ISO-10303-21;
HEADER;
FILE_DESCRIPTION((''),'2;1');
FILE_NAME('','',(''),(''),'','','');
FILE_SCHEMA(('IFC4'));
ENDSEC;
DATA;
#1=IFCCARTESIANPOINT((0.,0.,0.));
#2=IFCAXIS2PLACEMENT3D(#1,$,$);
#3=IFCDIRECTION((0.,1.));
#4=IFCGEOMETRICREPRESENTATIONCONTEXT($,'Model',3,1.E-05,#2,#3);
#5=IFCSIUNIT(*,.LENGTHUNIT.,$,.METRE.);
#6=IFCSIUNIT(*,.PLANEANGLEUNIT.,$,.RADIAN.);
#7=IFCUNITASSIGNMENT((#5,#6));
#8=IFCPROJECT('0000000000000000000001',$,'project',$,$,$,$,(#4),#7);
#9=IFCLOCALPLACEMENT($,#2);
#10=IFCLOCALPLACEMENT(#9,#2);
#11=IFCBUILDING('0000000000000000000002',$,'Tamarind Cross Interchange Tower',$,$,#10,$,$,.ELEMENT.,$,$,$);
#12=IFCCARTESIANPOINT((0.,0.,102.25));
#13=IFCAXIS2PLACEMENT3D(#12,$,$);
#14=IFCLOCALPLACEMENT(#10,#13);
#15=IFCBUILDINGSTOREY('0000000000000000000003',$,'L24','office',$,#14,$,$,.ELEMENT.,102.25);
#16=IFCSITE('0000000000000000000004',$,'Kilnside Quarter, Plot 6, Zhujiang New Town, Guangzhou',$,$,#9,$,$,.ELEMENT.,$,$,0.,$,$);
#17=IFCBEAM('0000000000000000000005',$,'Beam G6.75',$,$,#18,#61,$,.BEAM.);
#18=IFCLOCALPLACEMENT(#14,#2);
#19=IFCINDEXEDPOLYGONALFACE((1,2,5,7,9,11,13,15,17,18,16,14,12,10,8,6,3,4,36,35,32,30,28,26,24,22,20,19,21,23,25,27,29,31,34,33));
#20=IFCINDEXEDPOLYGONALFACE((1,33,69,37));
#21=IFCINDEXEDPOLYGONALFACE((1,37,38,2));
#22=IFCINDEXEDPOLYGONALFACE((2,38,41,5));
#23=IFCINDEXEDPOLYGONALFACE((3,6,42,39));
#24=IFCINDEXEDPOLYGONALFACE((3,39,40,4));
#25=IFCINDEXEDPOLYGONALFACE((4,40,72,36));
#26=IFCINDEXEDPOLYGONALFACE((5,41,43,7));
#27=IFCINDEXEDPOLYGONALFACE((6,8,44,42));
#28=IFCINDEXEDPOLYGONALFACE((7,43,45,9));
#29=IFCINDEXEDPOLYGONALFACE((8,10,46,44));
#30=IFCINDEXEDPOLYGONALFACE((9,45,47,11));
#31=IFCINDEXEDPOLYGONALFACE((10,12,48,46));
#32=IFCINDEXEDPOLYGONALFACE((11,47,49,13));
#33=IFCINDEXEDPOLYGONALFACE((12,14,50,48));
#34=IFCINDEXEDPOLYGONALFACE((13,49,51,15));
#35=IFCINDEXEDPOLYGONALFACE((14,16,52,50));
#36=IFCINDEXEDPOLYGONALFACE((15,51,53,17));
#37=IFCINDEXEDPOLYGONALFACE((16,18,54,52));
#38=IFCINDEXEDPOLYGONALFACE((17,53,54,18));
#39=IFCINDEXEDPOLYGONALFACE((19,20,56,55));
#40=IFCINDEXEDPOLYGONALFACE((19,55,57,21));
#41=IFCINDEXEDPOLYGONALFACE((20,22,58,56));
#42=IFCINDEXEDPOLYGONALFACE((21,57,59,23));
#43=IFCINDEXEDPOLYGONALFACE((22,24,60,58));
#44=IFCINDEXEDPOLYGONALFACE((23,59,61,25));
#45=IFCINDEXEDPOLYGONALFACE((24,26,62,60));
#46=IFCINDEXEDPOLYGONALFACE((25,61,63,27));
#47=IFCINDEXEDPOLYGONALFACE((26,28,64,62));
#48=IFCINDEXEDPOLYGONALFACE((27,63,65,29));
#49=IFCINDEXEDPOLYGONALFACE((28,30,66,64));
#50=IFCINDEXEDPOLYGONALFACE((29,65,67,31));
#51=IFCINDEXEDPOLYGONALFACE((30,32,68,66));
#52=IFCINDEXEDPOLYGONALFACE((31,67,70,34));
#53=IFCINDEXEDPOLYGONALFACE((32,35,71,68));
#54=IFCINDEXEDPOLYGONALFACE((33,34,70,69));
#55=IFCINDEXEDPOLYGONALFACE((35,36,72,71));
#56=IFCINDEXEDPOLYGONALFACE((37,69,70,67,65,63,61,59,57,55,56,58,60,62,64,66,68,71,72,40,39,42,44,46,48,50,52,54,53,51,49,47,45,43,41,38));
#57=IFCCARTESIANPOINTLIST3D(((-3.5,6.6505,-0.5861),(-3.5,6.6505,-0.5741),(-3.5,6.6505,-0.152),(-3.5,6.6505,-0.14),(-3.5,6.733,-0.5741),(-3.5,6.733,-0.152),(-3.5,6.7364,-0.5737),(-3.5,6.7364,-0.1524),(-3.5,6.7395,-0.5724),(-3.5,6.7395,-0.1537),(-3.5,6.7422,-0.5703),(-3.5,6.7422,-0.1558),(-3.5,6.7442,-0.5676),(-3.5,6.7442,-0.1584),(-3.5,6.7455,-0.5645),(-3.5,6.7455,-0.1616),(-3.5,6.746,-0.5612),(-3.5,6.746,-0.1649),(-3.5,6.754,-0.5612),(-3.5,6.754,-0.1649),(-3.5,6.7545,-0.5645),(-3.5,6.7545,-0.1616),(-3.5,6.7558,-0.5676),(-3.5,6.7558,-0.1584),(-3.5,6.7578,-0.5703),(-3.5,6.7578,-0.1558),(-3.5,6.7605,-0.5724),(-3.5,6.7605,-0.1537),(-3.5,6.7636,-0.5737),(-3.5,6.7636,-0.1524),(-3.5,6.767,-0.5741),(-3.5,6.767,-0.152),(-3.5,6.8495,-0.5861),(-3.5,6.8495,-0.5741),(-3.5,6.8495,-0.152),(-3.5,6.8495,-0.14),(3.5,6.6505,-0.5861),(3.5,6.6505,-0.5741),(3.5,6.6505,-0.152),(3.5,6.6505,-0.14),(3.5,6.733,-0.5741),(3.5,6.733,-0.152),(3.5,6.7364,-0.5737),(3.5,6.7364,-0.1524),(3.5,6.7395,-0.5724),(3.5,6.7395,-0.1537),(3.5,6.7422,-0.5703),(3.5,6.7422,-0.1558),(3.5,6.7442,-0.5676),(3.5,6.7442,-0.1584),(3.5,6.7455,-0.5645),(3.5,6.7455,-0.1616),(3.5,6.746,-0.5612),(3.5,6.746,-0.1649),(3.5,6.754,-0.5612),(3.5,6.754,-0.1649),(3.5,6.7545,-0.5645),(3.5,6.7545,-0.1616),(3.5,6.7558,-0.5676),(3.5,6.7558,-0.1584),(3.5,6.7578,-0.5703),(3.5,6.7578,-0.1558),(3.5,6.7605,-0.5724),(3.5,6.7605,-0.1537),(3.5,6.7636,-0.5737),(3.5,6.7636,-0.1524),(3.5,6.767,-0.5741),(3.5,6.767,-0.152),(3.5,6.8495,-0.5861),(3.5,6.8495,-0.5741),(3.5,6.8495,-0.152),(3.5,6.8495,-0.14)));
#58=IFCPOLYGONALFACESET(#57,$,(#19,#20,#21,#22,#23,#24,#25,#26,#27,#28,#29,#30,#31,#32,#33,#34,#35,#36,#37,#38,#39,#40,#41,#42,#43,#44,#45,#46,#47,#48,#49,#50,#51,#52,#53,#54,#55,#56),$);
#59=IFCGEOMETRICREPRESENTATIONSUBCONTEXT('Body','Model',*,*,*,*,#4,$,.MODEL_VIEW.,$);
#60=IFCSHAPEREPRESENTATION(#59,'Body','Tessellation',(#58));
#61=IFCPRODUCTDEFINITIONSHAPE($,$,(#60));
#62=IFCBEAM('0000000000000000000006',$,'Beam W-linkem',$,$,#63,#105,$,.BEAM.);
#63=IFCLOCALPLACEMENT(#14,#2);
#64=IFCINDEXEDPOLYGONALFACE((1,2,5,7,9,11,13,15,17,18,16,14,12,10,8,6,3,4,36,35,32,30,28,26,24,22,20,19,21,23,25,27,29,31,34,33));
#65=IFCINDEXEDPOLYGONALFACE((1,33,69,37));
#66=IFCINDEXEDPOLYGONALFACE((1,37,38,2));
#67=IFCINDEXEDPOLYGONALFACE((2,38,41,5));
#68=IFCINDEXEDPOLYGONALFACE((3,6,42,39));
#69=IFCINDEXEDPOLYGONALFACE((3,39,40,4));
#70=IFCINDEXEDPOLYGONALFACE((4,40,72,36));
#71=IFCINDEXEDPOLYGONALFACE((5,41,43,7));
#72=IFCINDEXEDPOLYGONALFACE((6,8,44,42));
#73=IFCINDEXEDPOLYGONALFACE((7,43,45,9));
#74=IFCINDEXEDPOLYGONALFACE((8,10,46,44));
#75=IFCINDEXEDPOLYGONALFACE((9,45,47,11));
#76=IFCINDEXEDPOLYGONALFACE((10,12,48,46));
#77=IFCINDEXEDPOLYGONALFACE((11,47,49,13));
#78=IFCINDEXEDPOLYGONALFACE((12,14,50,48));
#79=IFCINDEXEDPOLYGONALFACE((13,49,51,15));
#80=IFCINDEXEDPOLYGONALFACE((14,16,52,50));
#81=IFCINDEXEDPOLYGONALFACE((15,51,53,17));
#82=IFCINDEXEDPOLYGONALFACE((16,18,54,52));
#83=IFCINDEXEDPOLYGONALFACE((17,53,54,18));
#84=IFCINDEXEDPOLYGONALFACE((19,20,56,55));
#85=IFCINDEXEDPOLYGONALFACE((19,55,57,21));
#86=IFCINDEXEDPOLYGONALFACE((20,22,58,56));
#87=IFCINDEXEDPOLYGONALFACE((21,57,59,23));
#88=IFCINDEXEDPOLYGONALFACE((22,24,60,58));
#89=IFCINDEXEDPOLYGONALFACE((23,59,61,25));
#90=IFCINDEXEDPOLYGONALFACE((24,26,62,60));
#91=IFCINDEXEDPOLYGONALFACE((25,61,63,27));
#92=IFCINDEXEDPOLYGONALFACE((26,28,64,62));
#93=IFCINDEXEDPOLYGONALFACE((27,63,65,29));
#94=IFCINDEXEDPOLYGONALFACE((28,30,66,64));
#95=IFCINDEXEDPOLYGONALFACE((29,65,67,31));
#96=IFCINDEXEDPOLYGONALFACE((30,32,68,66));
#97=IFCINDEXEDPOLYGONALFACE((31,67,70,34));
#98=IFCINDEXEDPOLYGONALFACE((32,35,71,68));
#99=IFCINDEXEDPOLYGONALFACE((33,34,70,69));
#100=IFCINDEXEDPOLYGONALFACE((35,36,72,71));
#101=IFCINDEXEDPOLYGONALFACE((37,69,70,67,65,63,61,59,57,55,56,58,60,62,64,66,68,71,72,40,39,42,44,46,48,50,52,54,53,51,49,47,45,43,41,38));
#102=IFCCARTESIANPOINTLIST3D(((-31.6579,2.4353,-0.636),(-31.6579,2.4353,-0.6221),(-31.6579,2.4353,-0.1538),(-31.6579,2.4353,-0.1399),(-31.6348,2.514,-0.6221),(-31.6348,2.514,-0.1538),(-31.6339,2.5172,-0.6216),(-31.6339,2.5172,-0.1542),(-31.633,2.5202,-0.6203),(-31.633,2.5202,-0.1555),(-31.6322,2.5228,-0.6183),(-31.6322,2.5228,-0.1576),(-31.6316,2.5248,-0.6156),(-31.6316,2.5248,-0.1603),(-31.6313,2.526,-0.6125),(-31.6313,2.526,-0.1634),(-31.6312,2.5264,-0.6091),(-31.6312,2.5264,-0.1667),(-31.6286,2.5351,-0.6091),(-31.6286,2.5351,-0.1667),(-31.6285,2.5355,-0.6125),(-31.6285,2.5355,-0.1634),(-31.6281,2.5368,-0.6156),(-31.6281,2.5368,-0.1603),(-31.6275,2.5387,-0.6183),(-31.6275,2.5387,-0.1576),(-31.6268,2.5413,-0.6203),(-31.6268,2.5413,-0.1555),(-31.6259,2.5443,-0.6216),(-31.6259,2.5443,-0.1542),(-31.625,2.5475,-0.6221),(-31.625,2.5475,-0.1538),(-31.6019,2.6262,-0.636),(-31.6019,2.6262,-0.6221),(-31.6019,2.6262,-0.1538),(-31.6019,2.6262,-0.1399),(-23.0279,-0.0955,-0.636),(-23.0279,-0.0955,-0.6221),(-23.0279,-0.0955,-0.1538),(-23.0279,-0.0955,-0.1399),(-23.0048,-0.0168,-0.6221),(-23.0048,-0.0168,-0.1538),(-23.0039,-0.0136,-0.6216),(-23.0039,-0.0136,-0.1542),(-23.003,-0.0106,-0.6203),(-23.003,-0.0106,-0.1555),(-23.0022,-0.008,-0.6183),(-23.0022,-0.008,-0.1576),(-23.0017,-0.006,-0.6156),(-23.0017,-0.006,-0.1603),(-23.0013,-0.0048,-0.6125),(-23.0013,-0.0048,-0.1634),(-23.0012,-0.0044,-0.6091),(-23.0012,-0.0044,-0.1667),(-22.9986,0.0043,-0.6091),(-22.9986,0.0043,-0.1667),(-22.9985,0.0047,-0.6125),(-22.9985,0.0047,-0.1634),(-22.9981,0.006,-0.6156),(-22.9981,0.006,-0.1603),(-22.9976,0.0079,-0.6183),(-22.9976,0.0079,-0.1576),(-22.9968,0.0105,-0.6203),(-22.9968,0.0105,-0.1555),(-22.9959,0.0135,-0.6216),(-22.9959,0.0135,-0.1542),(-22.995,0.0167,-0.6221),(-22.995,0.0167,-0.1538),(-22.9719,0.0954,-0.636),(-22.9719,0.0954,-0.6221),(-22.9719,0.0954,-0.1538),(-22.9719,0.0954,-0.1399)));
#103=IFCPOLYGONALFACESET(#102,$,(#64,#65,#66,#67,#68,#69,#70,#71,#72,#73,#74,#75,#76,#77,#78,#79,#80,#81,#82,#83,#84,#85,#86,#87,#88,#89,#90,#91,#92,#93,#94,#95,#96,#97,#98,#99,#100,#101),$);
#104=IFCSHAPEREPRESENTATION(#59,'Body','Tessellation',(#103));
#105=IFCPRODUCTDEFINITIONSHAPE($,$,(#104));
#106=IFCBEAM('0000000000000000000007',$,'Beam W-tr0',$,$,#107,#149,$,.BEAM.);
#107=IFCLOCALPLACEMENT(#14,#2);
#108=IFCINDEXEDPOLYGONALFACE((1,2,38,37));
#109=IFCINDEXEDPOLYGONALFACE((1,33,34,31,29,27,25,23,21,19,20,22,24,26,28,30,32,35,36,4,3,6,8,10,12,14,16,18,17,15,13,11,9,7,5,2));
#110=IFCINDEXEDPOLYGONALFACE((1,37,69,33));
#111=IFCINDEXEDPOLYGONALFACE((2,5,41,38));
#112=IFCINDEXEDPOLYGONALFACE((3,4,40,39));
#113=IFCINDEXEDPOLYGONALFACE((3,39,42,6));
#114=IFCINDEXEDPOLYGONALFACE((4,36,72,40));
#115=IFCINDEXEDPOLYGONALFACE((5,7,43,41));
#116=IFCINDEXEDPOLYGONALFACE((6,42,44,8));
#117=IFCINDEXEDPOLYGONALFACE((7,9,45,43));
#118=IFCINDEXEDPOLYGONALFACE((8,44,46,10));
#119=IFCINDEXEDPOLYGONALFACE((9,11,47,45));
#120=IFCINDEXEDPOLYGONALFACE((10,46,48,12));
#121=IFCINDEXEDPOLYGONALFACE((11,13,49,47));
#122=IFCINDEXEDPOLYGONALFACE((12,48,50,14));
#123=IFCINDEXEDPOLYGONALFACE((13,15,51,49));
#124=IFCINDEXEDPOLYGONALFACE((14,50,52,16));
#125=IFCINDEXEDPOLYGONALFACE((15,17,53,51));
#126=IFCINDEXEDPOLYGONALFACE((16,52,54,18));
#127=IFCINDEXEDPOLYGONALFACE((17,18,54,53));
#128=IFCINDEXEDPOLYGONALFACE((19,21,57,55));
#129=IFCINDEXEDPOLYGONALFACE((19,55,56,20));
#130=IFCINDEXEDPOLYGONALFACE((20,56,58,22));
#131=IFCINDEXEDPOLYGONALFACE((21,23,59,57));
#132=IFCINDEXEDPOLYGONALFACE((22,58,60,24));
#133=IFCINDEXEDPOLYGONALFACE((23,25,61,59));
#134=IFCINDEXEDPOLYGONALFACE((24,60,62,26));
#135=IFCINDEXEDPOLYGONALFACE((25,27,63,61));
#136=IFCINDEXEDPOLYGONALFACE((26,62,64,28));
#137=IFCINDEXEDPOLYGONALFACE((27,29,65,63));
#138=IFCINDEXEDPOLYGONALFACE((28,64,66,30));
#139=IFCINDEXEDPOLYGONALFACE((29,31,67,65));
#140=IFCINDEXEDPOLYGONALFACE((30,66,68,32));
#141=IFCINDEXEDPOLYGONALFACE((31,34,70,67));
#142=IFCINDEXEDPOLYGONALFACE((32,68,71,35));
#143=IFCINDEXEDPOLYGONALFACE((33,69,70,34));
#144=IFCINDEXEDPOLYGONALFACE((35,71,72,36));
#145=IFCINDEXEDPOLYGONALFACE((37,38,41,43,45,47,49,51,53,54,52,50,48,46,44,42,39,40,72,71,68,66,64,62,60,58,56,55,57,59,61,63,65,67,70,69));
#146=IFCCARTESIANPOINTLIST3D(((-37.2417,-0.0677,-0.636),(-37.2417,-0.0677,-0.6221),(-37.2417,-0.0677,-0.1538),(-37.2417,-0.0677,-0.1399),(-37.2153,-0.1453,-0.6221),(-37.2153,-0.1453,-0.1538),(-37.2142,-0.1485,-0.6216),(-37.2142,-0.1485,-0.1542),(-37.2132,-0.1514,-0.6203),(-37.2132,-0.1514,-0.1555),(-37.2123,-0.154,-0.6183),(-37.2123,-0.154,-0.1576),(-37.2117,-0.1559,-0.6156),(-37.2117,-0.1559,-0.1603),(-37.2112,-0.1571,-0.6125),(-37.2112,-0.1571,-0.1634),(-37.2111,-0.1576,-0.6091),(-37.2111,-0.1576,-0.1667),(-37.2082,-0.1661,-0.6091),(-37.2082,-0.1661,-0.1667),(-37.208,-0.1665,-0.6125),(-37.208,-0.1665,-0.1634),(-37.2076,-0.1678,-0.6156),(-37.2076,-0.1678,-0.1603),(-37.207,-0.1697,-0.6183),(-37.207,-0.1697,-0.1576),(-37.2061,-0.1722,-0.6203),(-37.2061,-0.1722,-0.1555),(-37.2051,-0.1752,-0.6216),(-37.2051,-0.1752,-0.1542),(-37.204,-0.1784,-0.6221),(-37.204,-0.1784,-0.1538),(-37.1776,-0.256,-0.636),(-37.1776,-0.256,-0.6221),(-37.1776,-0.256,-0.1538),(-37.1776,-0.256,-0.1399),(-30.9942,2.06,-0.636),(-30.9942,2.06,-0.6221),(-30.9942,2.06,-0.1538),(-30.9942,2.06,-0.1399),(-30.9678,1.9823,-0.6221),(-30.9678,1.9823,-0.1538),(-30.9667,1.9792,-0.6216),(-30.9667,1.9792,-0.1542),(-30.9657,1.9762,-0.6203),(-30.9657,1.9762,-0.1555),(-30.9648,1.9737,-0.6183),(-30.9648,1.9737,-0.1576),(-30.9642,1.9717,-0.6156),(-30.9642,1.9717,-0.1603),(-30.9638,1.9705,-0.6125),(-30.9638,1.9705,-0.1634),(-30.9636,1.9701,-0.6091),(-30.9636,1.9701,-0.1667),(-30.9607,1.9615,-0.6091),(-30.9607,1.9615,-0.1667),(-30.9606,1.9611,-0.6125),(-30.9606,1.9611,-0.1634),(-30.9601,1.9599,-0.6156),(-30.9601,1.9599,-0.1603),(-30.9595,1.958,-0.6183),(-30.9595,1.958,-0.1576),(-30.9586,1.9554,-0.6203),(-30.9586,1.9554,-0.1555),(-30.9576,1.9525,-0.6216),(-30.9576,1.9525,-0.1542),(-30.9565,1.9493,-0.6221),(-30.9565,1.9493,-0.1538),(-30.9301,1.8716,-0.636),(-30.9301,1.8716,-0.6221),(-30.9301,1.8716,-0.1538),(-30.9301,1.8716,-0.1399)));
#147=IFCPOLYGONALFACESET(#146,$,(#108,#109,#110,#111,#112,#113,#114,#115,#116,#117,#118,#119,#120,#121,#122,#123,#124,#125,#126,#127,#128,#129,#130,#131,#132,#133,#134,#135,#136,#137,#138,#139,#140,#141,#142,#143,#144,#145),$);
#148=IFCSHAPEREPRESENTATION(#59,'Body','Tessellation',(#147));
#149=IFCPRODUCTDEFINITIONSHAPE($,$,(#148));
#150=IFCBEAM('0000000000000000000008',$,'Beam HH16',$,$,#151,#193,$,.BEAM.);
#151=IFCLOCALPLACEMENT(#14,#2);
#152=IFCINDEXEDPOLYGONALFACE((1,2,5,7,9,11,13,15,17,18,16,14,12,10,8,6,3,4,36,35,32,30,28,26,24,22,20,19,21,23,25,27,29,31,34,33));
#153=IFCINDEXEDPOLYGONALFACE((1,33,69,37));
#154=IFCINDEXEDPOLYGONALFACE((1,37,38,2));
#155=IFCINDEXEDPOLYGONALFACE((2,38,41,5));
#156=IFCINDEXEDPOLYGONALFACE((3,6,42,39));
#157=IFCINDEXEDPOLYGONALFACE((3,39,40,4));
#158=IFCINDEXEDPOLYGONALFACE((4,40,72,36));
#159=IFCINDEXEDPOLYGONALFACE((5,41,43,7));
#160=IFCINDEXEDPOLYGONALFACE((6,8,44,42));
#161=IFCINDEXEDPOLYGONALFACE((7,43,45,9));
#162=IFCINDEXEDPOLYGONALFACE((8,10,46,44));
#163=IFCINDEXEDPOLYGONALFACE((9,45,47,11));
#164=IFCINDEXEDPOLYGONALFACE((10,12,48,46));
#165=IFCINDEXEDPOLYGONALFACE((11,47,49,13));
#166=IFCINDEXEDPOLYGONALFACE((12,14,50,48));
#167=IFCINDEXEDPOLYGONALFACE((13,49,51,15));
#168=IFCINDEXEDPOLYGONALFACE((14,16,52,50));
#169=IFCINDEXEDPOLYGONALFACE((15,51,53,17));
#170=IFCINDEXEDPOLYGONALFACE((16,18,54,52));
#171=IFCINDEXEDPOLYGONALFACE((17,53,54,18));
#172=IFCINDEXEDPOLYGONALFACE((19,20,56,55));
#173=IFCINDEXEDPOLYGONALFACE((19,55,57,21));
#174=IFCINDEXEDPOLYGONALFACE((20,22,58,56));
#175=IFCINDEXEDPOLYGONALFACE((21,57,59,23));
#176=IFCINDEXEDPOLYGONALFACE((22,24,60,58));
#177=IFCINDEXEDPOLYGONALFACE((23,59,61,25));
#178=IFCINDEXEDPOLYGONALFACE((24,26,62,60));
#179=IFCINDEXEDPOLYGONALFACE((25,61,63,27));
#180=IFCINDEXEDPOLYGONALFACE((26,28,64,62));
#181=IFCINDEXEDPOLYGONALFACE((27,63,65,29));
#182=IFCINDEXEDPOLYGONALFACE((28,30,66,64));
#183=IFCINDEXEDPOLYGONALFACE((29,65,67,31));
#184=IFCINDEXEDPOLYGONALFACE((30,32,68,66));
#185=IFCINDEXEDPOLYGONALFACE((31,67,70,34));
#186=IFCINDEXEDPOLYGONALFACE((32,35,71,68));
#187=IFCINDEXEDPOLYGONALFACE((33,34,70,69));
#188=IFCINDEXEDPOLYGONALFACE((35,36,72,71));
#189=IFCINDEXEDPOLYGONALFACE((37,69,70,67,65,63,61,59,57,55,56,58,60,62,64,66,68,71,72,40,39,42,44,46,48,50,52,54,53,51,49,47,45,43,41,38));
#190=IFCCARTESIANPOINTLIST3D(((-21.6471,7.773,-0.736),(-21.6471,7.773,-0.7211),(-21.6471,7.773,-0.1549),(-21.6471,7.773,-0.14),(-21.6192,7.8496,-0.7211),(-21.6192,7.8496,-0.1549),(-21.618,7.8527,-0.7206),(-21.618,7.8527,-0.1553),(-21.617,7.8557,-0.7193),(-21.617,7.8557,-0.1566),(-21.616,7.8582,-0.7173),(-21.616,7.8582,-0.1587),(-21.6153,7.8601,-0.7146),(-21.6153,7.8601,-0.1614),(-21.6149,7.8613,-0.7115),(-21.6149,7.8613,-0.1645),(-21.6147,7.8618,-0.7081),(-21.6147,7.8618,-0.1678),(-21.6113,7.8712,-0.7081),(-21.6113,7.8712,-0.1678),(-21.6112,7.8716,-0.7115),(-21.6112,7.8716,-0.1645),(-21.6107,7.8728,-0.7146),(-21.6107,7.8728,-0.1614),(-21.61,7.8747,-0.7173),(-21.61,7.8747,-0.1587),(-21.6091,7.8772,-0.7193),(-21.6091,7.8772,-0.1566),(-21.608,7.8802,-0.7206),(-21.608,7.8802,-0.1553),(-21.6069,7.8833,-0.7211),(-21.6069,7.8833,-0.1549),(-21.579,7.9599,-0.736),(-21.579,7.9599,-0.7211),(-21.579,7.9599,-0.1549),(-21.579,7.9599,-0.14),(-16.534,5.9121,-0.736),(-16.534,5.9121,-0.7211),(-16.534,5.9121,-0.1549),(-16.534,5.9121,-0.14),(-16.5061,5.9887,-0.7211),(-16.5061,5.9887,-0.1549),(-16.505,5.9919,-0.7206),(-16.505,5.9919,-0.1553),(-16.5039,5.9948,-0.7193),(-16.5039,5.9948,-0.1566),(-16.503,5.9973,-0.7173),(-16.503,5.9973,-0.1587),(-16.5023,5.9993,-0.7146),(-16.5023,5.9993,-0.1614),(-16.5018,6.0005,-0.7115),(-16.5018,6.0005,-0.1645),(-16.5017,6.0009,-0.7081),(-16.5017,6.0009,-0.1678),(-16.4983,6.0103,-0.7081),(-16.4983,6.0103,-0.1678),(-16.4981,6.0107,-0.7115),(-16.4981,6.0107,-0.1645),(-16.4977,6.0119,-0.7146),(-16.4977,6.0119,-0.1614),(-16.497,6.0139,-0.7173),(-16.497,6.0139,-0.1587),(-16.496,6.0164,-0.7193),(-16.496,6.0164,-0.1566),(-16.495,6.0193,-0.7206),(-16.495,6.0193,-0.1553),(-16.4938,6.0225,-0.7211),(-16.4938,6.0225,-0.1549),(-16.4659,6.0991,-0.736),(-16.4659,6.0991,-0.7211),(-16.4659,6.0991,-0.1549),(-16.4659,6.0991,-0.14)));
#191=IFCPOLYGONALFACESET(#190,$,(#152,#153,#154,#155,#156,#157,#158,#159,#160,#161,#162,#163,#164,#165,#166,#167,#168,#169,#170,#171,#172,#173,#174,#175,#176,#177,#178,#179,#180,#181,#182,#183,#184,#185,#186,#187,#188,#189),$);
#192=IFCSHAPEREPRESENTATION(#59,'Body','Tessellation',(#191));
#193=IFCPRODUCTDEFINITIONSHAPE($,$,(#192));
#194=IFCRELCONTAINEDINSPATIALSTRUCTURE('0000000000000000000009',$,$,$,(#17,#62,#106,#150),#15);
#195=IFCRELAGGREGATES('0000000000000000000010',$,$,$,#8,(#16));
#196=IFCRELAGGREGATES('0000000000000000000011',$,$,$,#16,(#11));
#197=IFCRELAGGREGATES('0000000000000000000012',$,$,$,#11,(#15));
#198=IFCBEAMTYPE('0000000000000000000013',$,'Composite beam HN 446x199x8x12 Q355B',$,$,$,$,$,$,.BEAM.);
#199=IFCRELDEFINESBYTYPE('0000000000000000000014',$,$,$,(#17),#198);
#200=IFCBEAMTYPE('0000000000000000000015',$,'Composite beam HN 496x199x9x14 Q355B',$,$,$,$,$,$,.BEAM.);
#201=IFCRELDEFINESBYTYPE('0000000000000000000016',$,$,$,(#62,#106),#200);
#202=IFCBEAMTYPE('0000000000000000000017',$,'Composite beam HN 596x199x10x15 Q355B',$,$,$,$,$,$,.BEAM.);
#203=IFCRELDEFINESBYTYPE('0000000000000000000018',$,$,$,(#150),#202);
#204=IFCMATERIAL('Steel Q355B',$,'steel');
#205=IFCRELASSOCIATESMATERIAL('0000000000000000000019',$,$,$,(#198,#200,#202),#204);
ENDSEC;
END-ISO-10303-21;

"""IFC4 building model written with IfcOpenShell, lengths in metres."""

from ifc_helpers import new_model, si_unit, direction, frame, origin, origin_2d, place, context, subcontext, project, spatial, i_section, extrude, material, material_profile, profile_set, type_object, element, save


model = new_model("IFC4")

# Units and contexts
model_context = context("Model", 3, precision=1e-05, world=origin(), true_north=direction((0.0, 1.0)))
body_context = subcontext(model_context, "Body", "Model", "MODEL_VIEW")
ifc_project = project(units=[si_unit("LENGTHUNIT", "METRE"), si_unit("PLANEANGLEUNIT", "RADIAN")], contexts=[model_context])

# Site, building, storey
site_placement = place(None, origin())
site = spatial("IfcSite", under=ifc_project, at=site_placement, Name="Kilnside Quarter, Plot 6, Zhujiang New Town, Guangzhou", CompositionType="ELEMENT", RefElevation=0.0)
building_placement = place(site_placement, origin())
building = spatial("IfcBuilding", under=site, at=building_placement, Name="Tamarind Cross Interchange Tower", CompositionType="ELEMENT")
storey_placement = place(building_placement, frame((0.0, 0.0, 102.25)))
storey = spatial("IfcBuildingStorey", under=building, at=storey_placement, Name="L24", Description="office", CompositionType="ELEMENT", Elevation=102.25)

# Beams
ifc_material_1 = material(Name="Steel Q355B", Category="steel")
ifc_material_profile_1 = material_profile(ifc_material_1, i_section(OverallWidth=0.199, OverallDepth=0.446, WebThickness=0.0081, FlangeThickness=0.012, FilletRadius=0.0129, at=origin_2d()), Name="HN 446x199x8x12")
ifc_profile_set_1 = profile_set([ifc_material_profile_1], Name="Steel Q355B")
beam_type_1 = type_object("IfcBeamType", Name="Composite beam HN 446x199x8x12 Q355B", PredefinedType="BEAM", material=ifc_profile_set_1)
for number, where, z_axis, x_axis, name in (
    (1, (-3.5, 6.75, -0.363), (1.0, 0.0, 0.0), (0.0, 1.0, 0.0), "Beam G6.75"),
):
    element("IfcBeam", number, at=place(storey_placement, frame(where, z_axis=z_axis, x_axis=x_axis)), inside=storey, type_object=beam_type_1, Name=name, PredefinedType="BEAM", context=body_context, shape_type="SweptSolid", body=[
        extrude(i_section(OverallWidth=0.199, OverallDepth=0.446, WebThickness=0.0081, FlangeThickness=0.012, FilletRadius=0.0129, at=origin_2d()), origin(), (0.0, 0.0, 1.0), 7.0),
    ])
ifc_material_profile_2 = material_profile(ifc_material_1, i_section(OverallWidth=0.199, OverallDepth=0.4961, WebThickness=0.009, FlangeThickness=0.0139, FilletRadius=0.0129, at=origin_2d()), Name="HN 496x199x9x14")
ifc_profile_set_2 = profile_set([ifc_material_profile_2], Name="Steel Q355B")
beam_type_2 = type_object("IfcBeamType", Name="Composite beam HN 496x199x9x14 Q355B", PredefinedType="BEAM", material=ifc_profile_set_2)
beam_1_placement = place(storey_placement, frame((-31.6299, 2.5308, -0.3879), z_axis=(0.959589, -0.281405, 0.0), x_axis=(0.281405, 0.959589, 0.0)))
element("IfcBeam", 2, at=beam_1_placement, inside=storey, type_object=beam_type_2, Name="Beam W-linkem", PredefinedType="BEAM", context=body_context, shape_type="SweptSolid", body=[
    extrude(i_section(OverallWidth=0.199, OverallDepth=0.4961, WebThickness=0.009, FlangeThickness=0.0139, FilletRadius=0.0129, at=origin_2d()), origin(), (0.0, 0.0, 1.0), 8.9934),
])
beam_2_placement = place(storey_placement, frame((-30.9622, 1.9658, -0.3879), z_axis=(-0.94661, -0.32238, 0.0), x_axis=(0.32238, -0.94661, 0.0)))
element("IfcBeam", 3, at=beam_2_placement, inside=storey, type_object=beam_type_2, Name="Beam W-tr0", PredefinedType="BEAM", context=body_context, shape_type="SweptSolid", body=[
    extrude(i_section(OverallWidth=0.199, OverallDepth=0.4961, WebThickness=0.009, FlangeThickness=0.0139, FilletRadius=0.0129, at=origin_2d()), origin(), (0.0, 0.0, 1.0), 6.5999),
])
ifc_material_profile_3 = material_profile(ifc_material_1, i_section(OverallWidth=0.199, OverallDepth=0.5959, WebThickness=0.01, FlangeThickness=0.0149, FilletRadius=0.0129, at=origin_2d()), Name="HN 596x199x10x15")
ifc_profile_set_3 = profile_set([ifc_material_profile_3], Name="Steel Q355B")
beam_type_3 = type_object("IfcBeamType", Name="Composite beam HN 596x199x10x15 Q355B", PredefinedType="BEAM", material=ifc_profile_set_3)
beam_3_placement = place(storey_placement, frame((-21.613, 7.8665, -0.438), z_axis=(0.939702, -0.341995, 0.0), x_axis=(0.341995, 0.939702, 0.0)))
element("IfcBeam", 4, at=beam_3_placement, inside=storey, type_object=beam_type_3, Name="Beam HH16", PredefinedType="BEAM", context=body_context, shape_type="SweptSolid", body=[
    extrude(i_section(OverallWidth=0.199, OverallDepth=0.5959, WebThickness=0.01, FlangeThickness=0.0149, FilletRadius=0.0129, at=origin_2d()), origin(), (0.0, 0.0, 1.0), 5.4412),
])

save(model, "model.ifc")
